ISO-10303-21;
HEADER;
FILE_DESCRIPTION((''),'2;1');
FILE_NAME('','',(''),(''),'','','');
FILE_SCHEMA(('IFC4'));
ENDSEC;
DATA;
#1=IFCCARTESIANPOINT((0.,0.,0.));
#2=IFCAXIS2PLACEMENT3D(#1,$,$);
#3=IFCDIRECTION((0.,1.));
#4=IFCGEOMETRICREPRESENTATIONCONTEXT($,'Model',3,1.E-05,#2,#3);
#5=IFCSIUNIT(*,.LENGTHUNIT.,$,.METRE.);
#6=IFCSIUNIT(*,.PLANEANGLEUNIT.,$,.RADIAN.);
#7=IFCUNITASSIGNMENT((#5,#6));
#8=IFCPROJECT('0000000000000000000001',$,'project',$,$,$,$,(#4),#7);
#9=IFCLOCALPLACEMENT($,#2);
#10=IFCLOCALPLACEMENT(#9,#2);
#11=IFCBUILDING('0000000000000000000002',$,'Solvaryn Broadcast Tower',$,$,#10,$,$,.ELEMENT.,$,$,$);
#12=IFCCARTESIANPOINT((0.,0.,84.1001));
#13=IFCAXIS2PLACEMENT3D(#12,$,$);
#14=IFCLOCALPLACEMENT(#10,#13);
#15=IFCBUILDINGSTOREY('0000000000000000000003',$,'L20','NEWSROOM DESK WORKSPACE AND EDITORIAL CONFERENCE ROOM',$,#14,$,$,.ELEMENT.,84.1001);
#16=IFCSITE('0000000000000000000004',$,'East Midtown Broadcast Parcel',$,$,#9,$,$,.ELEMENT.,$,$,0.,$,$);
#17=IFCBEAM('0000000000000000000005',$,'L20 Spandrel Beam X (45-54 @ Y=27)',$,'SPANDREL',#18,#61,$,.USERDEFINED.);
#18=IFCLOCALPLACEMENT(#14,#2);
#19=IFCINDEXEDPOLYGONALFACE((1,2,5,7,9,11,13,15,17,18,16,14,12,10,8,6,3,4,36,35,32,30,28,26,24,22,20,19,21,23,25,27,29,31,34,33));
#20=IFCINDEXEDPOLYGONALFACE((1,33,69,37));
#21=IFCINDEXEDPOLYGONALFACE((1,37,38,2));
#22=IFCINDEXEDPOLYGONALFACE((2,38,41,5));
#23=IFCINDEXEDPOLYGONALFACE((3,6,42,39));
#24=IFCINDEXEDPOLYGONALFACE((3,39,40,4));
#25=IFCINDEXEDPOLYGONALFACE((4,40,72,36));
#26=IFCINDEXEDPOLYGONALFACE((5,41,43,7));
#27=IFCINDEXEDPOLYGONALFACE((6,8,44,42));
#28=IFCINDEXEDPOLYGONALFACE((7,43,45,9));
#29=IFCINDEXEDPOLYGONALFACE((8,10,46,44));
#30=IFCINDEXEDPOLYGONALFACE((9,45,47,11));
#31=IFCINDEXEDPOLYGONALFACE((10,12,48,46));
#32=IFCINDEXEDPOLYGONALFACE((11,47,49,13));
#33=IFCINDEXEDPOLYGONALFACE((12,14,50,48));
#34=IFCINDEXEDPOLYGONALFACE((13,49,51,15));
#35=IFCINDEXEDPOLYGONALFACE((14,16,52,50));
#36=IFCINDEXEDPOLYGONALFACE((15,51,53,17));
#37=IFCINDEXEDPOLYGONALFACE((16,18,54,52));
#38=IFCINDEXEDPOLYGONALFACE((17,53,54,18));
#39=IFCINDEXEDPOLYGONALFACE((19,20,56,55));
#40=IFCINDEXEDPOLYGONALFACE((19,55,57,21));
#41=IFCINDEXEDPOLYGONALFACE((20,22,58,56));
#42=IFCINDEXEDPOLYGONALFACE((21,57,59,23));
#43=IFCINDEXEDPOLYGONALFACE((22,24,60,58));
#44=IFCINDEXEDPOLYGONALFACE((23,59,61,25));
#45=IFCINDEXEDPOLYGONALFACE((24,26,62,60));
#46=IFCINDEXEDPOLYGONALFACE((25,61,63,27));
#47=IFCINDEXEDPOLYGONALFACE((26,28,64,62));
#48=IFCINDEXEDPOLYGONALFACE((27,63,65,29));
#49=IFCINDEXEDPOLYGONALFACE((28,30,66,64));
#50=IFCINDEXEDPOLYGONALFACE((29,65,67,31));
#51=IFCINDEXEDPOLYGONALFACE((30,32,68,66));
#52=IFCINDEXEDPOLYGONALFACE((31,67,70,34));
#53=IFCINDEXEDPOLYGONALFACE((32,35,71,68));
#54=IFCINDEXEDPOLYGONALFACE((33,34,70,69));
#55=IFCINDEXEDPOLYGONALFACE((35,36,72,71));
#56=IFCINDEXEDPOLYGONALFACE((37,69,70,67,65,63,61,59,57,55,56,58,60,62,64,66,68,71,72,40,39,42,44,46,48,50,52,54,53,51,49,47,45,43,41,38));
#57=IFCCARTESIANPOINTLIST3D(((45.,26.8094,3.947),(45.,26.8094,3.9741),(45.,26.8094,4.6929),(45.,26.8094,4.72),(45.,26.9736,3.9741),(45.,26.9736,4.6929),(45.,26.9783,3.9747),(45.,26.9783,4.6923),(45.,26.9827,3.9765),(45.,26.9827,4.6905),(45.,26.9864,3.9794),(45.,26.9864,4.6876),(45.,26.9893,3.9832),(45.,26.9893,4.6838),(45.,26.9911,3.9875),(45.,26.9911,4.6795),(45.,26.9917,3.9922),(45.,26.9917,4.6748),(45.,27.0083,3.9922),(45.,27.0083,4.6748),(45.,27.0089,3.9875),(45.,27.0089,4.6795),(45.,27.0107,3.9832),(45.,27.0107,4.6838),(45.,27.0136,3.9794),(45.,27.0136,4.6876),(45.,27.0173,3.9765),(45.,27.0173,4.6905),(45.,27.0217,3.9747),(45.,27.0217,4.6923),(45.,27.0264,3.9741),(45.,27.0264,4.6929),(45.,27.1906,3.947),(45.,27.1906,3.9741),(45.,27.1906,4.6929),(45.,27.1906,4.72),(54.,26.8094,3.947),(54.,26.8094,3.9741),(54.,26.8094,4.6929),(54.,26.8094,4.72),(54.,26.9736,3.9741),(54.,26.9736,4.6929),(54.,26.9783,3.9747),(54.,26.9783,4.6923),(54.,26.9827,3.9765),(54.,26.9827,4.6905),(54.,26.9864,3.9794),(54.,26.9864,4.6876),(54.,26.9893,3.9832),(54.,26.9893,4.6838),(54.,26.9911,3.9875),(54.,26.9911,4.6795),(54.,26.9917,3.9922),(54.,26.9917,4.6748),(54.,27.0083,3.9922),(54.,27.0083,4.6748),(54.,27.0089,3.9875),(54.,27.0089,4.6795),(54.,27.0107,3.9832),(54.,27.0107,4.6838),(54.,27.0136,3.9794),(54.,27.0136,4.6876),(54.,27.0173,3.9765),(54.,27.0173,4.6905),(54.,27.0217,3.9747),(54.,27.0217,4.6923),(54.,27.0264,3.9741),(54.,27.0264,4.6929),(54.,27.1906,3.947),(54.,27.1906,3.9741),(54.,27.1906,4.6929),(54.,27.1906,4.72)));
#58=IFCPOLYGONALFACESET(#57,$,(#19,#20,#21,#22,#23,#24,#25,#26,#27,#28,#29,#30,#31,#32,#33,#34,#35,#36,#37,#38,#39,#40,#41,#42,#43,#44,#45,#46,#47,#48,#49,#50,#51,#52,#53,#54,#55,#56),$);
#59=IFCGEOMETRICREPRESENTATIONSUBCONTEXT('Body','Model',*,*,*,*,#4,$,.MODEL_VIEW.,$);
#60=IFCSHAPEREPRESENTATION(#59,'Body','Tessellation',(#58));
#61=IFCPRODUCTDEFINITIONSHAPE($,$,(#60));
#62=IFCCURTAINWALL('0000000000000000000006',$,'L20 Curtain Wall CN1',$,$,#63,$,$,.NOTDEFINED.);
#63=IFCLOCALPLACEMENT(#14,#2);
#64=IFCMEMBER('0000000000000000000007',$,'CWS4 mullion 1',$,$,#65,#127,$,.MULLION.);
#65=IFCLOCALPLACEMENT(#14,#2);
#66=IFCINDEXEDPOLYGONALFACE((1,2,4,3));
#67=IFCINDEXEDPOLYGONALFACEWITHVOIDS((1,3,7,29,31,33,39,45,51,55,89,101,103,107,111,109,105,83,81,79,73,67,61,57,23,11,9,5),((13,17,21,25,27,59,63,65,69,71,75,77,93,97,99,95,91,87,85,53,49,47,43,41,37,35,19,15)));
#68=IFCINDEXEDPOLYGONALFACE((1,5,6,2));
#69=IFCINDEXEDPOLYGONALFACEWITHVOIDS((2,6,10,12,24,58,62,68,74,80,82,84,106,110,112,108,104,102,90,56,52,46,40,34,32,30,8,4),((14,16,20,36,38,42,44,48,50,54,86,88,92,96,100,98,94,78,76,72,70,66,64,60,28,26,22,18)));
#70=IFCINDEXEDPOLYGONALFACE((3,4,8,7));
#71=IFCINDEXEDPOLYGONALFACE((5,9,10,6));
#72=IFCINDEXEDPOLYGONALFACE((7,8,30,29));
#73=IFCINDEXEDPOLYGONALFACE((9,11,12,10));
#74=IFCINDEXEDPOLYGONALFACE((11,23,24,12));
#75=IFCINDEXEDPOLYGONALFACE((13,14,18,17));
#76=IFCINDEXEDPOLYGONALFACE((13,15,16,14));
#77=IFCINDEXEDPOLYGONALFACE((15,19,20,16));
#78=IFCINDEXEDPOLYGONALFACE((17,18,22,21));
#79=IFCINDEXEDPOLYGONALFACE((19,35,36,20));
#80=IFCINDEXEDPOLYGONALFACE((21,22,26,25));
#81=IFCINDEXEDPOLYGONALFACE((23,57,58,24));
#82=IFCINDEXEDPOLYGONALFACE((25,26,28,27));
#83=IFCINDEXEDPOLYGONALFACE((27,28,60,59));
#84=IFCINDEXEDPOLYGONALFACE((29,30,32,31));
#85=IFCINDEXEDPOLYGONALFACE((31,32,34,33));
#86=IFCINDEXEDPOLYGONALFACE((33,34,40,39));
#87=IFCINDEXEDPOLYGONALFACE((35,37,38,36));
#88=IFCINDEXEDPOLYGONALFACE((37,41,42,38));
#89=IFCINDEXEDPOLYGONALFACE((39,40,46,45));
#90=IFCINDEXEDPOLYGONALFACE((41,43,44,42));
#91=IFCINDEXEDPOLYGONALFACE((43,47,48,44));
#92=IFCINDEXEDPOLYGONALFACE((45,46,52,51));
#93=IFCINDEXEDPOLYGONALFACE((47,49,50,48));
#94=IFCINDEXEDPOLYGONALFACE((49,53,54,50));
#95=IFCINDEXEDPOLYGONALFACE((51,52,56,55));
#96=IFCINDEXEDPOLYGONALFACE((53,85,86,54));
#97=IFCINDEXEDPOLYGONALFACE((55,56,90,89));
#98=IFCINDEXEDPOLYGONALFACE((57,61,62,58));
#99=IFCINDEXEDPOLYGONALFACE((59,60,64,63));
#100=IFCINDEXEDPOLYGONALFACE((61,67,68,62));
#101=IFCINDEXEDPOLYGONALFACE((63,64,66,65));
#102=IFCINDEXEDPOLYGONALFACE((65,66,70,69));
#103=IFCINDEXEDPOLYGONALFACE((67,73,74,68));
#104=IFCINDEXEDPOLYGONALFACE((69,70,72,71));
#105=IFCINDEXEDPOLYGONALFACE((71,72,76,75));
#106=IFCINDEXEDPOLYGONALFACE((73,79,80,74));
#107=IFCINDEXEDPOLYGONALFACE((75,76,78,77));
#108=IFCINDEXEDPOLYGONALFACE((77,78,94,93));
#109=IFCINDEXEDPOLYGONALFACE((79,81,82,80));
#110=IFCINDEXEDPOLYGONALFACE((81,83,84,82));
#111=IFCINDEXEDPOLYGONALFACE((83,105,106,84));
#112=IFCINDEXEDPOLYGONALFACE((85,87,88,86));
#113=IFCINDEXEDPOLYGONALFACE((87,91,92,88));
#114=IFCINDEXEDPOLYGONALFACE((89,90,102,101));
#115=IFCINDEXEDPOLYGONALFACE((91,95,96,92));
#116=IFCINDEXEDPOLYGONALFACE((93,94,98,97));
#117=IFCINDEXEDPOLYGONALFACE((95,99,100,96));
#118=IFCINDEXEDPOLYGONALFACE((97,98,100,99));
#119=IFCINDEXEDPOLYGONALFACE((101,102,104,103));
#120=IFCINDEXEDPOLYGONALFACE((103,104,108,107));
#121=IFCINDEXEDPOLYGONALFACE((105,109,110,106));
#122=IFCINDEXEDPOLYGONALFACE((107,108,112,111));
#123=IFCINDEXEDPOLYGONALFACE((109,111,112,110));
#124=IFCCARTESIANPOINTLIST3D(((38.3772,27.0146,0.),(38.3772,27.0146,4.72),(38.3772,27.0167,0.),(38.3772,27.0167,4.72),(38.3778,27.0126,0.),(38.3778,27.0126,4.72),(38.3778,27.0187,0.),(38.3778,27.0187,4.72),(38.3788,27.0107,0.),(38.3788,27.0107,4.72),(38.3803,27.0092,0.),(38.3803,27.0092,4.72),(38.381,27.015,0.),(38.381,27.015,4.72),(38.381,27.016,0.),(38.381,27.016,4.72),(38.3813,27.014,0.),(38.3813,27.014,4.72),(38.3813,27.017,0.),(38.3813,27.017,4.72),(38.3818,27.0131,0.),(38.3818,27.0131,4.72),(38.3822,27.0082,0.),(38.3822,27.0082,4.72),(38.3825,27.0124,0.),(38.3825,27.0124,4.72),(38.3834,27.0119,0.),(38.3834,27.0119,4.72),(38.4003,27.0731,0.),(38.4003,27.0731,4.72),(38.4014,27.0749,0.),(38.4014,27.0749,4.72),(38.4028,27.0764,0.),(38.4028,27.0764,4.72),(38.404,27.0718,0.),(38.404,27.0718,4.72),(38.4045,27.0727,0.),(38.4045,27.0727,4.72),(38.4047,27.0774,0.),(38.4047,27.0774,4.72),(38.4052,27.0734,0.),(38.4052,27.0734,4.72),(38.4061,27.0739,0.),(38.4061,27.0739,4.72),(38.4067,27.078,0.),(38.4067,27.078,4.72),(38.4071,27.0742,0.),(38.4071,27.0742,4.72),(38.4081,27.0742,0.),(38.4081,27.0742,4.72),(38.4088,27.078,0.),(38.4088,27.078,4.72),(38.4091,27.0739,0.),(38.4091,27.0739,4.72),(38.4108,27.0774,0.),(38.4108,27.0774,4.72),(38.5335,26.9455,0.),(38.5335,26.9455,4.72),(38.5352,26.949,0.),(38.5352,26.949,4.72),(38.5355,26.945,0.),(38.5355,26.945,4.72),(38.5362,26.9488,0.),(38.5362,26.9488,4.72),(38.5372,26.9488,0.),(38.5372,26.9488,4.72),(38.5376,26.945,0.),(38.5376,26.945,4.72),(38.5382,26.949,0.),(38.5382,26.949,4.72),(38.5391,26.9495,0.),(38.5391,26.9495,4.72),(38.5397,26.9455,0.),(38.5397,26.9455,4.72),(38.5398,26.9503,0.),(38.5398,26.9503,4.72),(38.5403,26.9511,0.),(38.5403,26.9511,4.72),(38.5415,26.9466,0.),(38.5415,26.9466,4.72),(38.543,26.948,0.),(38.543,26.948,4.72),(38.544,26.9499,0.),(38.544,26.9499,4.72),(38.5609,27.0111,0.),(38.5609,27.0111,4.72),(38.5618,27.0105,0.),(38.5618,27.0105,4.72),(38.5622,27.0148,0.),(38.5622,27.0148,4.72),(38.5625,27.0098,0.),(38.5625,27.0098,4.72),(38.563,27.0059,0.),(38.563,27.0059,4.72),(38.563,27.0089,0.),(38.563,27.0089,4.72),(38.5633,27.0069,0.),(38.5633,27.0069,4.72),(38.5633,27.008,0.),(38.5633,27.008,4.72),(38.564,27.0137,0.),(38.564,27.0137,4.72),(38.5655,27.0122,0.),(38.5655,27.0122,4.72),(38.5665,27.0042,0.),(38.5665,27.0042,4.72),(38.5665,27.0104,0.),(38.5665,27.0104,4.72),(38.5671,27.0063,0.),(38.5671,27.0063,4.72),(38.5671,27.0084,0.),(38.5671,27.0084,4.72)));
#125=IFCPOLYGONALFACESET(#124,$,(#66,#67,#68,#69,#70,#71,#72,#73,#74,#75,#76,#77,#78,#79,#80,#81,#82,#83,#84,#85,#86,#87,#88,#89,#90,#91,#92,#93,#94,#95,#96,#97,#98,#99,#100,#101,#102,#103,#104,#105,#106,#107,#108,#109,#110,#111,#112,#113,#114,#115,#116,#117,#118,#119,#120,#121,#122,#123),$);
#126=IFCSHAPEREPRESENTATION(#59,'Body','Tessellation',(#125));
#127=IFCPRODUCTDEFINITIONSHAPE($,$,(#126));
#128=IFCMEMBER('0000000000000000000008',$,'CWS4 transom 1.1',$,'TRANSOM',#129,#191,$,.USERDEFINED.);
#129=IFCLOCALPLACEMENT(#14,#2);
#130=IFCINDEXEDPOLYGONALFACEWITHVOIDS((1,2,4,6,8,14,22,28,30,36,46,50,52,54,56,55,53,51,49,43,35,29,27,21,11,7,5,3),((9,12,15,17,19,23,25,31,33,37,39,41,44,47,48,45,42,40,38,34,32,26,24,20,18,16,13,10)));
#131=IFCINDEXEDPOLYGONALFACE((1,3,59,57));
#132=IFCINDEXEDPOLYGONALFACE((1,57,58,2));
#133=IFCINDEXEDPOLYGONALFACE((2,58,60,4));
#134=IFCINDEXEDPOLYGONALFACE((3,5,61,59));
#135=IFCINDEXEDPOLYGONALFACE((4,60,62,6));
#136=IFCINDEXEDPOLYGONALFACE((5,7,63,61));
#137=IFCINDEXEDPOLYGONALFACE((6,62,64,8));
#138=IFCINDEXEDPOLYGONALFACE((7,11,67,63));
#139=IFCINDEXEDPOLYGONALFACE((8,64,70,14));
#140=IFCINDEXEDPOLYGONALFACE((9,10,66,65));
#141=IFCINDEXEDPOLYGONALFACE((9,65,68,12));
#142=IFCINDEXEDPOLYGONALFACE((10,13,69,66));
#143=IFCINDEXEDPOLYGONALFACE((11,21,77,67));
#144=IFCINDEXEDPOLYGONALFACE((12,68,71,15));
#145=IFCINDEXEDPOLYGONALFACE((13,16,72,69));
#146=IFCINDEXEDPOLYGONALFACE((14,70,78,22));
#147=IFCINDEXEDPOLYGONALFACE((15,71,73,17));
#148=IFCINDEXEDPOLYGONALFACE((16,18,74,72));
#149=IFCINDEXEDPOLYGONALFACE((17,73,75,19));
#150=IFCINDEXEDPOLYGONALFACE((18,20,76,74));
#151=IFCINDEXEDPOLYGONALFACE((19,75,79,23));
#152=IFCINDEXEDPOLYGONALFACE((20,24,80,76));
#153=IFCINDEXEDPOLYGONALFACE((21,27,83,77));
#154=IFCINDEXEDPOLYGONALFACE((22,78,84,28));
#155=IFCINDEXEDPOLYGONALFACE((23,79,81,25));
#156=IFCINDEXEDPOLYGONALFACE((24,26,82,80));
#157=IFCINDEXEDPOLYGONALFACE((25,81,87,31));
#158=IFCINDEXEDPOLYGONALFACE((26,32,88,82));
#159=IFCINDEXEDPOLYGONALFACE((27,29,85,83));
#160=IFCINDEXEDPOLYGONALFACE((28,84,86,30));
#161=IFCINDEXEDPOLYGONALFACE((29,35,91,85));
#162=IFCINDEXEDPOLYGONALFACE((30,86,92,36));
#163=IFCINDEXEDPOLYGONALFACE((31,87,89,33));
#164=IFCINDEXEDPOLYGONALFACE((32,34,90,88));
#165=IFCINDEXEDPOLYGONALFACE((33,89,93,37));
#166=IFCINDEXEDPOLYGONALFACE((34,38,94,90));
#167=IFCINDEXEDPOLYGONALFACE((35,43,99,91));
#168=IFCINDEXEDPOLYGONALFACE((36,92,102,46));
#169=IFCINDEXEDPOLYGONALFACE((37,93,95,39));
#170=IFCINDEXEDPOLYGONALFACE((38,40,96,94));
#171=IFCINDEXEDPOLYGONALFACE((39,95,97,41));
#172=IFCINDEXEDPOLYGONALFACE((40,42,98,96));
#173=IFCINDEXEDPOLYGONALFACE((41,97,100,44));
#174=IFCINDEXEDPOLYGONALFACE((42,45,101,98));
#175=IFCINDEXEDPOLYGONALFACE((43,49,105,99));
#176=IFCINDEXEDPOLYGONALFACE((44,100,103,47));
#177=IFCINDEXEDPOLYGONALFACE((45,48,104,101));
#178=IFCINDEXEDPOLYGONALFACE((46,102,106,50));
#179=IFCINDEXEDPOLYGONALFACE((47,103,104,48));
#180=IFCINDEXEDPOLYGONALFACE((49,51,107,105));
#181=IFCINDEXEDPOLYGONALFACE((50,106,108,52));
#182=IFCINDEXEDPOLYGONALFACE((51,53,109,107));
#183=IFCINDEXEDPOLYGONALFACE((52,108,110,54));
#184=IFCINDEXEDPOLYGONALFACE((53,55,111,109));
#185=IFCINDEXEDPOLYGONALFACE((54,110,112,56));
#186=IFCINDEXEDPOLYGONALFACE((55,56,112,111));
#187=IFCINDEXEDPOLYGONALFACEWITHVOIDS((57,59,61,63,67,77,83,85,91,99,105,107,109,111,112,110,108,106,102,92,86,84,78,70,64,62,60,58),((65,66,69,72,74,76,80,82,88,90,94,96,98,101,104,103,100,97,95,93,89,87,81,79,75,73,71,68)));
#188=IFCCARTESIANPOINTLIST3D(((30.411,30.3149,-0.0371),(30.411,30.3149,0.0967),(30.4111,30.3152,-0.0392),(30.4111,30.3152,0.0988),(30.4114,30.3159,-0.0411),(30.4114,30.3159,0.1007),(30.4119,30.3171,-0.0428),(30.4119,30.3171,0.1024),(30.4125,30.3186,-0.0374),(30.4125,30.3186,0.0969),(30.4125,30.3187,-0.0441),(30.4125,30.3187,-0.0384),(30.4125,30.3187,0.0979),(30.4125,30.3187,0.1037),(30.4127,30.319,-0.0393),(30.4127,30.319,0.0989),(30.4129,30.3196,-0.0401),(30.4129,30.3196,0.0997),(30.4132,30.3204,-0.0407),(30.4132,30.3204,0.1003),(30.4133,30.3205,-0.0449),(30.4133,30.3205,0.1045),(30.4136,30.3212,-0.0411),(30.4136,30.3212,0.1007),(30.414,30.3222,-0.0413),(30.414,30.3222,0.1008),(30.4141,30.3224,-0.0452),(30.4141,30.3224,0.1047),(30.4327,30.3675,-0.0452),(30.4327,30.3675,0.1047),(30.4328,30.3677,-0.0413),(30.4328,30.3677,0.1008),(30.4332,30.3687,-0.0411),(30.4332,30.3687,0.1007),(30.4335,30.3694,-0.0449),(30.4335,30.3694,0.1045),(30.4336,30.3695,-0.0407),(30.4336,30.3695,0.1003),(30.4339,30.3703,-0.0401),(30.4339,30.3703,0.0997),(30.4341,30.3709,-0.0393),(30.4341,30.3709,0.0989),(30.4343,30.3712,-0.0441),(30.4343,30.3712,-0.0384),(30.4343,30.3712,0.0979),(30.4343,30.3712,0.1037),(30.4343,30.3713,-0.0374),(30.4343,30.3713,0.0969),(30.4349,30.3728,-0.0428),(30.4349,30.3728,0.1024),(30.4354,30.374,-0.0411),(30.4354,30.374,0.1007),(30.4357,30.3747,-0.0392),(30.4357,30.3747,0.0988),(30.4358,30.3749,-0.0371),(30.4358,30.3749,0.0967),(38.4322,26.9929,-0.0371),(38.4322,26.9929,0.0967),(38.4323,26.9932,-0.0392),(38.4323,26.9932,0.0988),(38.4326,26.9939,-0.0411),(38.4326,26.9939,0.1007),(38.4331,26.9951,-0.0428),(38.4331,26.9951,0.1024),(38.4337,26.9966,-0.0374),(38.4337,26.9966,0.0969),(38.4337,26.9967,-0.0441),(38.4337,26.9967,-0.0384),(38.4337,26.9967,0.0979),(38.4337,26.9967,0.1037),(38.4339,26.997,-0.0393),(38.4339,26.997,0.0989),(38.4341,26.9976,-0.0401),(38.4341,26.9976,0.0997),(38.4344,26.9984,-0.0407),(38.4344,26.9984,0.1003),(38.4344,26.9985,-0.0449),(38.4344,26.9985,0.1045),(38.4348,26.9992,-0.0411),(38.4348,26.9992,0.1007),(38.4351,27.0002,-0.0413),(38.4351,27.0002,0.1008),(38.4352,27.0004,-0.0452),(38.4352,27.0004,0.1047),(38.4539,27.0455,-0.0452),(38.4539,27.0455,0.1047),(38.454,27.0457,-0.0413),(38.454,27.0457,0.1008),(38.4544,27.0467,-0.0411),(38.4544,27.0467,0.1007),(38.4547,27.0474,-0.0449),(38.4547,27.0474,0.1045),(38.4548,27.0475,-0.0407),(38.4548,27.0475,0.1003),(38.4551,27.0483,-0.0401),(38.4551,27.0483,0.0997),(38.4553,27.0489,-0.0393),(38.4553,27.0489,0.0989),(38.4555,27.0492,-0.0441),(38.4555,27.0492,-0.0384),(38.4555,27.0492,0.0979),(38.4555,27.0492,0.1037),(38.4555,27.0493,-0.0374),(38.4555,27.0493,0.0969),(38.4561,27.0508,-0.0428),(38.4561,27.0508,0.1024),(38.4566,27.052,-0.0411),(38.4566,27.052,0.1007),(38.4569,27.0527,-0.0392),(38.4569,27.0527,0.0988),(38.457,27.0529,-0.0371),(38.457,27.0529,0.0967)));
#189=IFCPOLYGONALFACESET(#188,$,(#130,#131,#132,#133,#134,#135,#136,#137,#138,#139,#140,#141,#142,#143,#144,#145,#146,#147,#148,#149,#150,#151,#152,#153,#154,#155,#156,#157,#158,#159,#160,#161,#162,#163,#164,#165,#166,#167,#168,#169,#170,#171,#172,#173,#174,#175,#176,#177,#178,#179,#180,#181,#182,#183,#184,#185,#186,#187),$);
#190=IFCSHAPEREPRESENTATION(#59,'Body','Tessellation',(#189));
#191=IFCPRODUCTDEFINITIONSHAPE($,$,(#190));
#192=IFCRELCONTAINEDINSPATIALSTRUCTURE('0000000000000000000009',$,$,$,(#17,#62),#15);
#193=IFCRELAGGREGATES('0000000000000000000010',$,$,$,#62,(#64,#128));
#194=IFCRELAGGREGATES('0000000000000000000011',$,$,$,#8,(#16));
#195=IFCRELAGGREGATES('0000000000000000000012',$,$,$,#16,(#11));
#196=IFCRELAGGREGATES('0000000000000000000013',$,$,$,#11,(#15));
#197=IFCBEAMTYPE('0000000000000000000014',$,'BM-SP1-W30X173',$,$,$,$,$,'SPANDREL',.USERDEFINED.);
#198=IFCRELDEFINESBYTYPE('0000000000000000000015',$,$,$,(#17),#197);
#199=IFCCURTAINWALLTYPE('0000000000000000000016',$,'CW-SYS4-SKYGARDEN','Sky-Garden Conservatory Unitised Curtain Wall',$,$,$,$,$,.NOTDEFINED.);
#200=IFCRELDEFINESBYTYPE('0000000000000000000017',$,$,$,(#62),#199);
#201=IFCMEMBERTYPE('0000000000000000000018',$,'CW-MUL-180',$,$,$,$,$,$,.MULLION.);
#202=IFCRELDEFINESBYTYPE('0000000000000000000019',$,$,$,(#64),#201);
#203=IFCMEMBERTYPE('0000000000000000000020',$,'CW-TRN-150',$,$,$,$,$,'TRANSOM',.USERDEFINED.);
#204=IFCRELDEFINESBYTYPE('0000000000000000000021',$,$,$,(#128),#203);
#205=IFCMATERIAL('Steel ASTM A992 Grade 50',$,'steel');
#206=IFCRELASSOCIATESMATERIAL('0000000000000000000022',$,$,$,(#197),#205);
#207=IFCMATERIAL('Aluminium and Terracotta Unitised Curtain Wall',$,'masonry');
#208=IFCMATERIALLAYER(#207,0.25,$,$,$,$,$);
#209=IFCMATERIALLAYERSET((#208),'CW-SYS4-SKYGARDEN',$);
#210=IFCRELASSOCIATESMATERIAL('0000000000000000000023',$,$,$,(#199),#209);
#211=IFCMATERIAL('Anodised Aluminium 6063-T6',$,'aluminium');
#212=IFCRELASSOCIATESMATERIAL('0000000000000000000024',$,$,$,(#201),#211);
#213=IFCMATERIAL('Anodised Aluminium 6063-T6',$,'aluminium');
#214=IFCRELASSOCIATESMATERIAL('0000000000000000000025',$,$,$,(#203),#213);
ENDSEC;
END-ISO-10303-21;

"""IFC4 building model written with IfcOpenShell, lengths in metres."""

from ifc_helpers import new_model, si_unit, direction, frame, origin, origin_2d, place, context, subcontext, project, spatial, hollow_rectangle, i_section, extrude, material, layer, layer_set, material_profile, profile_set, type_object, element, aggregate, save


model = new_model("IFC4")

# Units and contexts
model_context = context("Model", 3, precision=1e-05, world=origin(), true_north=direction((0.0, 1.0)))
body_context = subcontext(model_context, "Body", "Model", "MODEL_VIEW")
ifc_project = project(units=[si_unit("LENGTHUNIT", "METRE"), si_unit("PLANEANGLEUNIT", "RADIAN")], contexts=[model_context])

# Site, building, storey
site_placement = place(None, origin())
site = spatial("IfcSite", under=ifc_project, at=site_placement, Name="East Midtown Broadcast Parcel", CompositionType="ELEMENT", RefElevation=0.0)
building_placement = place(site_placement, origin())
building = spatial("IfcBuilding", under=site, at=building_placement, Name="Solvaryn Broadcast Tower", CompositionType="ELEMENT")
storey_placement = place(building_placement, frame((0.0, 0.0, 84.1001)))
storey = spatial("IfcBuildingStorey", under=building, at=storey_placement, Name="L20", Description="NEWSROOM DESK WORKSPACE AND EDITORIAL CONFERENCE ROOM", CompositionType="ELEMENT", Elevation=84.1001)

# Beam
ifc_material_1 = material(Name="Steel ASTM A992 Grade 50", Category="steel")
ifc_material_profile_1 = material_profile(ifc_material_1, i_section(OverallWidth=0.3811, OverallDepth=0.7729, WebThickness=0.0166, FlangeThickness=0.0271, FilletRadius=0.0181, at=origin_2d()))
ifc_profile_set_1 = profile_set([ifc_material_profile_1], Name="Steel ASTM A992 Grade 50")
beam_type_1 = type_object("IfcBeamType", Name="BM-SP1-W30X173", ElementType="SPANDREL", PredefinedType="USERDEFINED", material=ifc_profile_set_1)
beam_1_placement = place(storey_placement, frame((45.0, 27.0, 4.3335), z_axis=(1.0, 0.0, 0.0), x_axis=(0.0, 1.0, 0.0)))
element("IfcBeam", 1, at=beam_1_placement, inside=storey, type_object=beam_type_1, Name="L20 Spandrel Beam X (45-54 @ Y=27)", ObjectType="SPANDREL", PredefinedType="USERDEFINED", context=body_context, shape_type="SweptSolid", body=[
    extrude(i_section(OverallWidth=0.3811, OverallDepth=0.7729, WebThickness=0.0166, FlangeThickness=0.0271, FilletRadius=0.0181, at=origin_2d()), origin(), (0.0, 0.0, 1.0), 9.0),
])

# Curtain wall, members
ifc_material_2 = material(Name="Aluminium and Terracotta Unitised Curtain Wall", Category="masonry")
ifc_layer_1 = layer(ifc_material_2, 0.25)
ifc_layer_set_1 = layer_set([ifc_layer_1], Name="CW-SYS4-SKYGARDEN")
curtain_wall_type = type_object("IfcCurtainWallType", Name="CW-SYS4-SKYGARDEN", Description="Sky-Garden Conservatory Unitised Curtain Wall", PredefinedType="NOTDEFINED", material=ifc_layer_set_1)
curtain_wall_placement = place(storey_placement, origin())
curtain_wall = element("IfcCurtainWall", 2, at=curtain_wall_placement, inside=storey, type_object=curtain_wall_type, Name="L20 Curtain Wall CN1", PredefinedType="NOTDEFINED")
ifc_material_3 = material(Name="Anodised Aluminium 6063-T6", Category="aluminium")
ifc_material_profile_2 = material_profile(ifc_material_3, hollow_rectangle(XDim=0.075, YDim=0.1799, WallThickness=0.0039, InnerFilletRadius=0.0039, OuterFilletRadius=0.0081, at=origin_2d()))
ifc_profile_set_2 = profile_set([ifc_material_profile_2], Name="Anodised Aluminium 6063-T6")
member_type_1 = type_object("IfcMemberType", Name="CW-MUL-180", PredefinedType="MULLION", material=ifc_profile_set_2)
member_1_placement = place(storey_placement, frame((38.4722, 27.0115, 0.0), z_axis=(0.0, 0.0, 1.0), x_axis=(-0.382646, -0.923895, 0.0)))
member_1 = element("IfcMember", 3, at=member_1_placement, type_object=member_type_1, Name="CWS4 mullion 1", PredefinedType="MULLION", context=body_context, shape_type="SweptSolid", body=[
    extrude(hollow_rectangle(XDim=0.075, YDim=0.1799, WallThickness=0.0039, InnerFilletRadius=0.0039, OuterFilletRadius=0.0081, at=origin_2d()), origin(), (0.0, 0.0, 1.0), 4.72),
])
ifc_material_4 = material(Name="Anodised Aluminium 6063-T6", Category="aluminium")
ifc_material_profile_3 = material_profile(ifc_material_4, hollow_rectangle(XDim=0.0649, YDim=0.1499, WallThickness=0.0039, InnerFilletRadius=0.0039, OuterFilletRadius=0.0081, at=origin_2d()))
ifc_profile_set_3 = profile_set([ifc_material_profile_3], Name="Anodised Aluminium 6063-T6")
member_type_2 = type_object("IfcMemberType", Name="CW-TRN-150", ElementType="TRANSOM", PredefinedType="USERDEFINED", material=ifc_profile_set_3)
member_2_placement = place(storey_placement, frame((38.4446, 27.0229, 0.0298), z_axis=(-0.923899, 0.382636, 0.0), x_axis=(-0.382636, -0.923899, 0.0)))
member_2 = element("IfcMember", 4, at=member_2_placement, type_object=member_type_2, Name="CWS4 transom 1.1", ObjectType="TRANSOM", PredefinedType="USERDEFINED", context=body_context, shape_type="SweptSolid", body=[
    extrude(hollow_rectangle(XDim=0.0649, YDim=0.1499, WallThickness=0.0039, InnerFilletRadius=0.0039, OuterFilletRadius=0.0081, at=origin_2d()), origin(), (0.0, 0.0, 1.0), 8.6819),
])
aggregate(curtain_wall, [member_1, member_2])

save(model, "model.ifc")
